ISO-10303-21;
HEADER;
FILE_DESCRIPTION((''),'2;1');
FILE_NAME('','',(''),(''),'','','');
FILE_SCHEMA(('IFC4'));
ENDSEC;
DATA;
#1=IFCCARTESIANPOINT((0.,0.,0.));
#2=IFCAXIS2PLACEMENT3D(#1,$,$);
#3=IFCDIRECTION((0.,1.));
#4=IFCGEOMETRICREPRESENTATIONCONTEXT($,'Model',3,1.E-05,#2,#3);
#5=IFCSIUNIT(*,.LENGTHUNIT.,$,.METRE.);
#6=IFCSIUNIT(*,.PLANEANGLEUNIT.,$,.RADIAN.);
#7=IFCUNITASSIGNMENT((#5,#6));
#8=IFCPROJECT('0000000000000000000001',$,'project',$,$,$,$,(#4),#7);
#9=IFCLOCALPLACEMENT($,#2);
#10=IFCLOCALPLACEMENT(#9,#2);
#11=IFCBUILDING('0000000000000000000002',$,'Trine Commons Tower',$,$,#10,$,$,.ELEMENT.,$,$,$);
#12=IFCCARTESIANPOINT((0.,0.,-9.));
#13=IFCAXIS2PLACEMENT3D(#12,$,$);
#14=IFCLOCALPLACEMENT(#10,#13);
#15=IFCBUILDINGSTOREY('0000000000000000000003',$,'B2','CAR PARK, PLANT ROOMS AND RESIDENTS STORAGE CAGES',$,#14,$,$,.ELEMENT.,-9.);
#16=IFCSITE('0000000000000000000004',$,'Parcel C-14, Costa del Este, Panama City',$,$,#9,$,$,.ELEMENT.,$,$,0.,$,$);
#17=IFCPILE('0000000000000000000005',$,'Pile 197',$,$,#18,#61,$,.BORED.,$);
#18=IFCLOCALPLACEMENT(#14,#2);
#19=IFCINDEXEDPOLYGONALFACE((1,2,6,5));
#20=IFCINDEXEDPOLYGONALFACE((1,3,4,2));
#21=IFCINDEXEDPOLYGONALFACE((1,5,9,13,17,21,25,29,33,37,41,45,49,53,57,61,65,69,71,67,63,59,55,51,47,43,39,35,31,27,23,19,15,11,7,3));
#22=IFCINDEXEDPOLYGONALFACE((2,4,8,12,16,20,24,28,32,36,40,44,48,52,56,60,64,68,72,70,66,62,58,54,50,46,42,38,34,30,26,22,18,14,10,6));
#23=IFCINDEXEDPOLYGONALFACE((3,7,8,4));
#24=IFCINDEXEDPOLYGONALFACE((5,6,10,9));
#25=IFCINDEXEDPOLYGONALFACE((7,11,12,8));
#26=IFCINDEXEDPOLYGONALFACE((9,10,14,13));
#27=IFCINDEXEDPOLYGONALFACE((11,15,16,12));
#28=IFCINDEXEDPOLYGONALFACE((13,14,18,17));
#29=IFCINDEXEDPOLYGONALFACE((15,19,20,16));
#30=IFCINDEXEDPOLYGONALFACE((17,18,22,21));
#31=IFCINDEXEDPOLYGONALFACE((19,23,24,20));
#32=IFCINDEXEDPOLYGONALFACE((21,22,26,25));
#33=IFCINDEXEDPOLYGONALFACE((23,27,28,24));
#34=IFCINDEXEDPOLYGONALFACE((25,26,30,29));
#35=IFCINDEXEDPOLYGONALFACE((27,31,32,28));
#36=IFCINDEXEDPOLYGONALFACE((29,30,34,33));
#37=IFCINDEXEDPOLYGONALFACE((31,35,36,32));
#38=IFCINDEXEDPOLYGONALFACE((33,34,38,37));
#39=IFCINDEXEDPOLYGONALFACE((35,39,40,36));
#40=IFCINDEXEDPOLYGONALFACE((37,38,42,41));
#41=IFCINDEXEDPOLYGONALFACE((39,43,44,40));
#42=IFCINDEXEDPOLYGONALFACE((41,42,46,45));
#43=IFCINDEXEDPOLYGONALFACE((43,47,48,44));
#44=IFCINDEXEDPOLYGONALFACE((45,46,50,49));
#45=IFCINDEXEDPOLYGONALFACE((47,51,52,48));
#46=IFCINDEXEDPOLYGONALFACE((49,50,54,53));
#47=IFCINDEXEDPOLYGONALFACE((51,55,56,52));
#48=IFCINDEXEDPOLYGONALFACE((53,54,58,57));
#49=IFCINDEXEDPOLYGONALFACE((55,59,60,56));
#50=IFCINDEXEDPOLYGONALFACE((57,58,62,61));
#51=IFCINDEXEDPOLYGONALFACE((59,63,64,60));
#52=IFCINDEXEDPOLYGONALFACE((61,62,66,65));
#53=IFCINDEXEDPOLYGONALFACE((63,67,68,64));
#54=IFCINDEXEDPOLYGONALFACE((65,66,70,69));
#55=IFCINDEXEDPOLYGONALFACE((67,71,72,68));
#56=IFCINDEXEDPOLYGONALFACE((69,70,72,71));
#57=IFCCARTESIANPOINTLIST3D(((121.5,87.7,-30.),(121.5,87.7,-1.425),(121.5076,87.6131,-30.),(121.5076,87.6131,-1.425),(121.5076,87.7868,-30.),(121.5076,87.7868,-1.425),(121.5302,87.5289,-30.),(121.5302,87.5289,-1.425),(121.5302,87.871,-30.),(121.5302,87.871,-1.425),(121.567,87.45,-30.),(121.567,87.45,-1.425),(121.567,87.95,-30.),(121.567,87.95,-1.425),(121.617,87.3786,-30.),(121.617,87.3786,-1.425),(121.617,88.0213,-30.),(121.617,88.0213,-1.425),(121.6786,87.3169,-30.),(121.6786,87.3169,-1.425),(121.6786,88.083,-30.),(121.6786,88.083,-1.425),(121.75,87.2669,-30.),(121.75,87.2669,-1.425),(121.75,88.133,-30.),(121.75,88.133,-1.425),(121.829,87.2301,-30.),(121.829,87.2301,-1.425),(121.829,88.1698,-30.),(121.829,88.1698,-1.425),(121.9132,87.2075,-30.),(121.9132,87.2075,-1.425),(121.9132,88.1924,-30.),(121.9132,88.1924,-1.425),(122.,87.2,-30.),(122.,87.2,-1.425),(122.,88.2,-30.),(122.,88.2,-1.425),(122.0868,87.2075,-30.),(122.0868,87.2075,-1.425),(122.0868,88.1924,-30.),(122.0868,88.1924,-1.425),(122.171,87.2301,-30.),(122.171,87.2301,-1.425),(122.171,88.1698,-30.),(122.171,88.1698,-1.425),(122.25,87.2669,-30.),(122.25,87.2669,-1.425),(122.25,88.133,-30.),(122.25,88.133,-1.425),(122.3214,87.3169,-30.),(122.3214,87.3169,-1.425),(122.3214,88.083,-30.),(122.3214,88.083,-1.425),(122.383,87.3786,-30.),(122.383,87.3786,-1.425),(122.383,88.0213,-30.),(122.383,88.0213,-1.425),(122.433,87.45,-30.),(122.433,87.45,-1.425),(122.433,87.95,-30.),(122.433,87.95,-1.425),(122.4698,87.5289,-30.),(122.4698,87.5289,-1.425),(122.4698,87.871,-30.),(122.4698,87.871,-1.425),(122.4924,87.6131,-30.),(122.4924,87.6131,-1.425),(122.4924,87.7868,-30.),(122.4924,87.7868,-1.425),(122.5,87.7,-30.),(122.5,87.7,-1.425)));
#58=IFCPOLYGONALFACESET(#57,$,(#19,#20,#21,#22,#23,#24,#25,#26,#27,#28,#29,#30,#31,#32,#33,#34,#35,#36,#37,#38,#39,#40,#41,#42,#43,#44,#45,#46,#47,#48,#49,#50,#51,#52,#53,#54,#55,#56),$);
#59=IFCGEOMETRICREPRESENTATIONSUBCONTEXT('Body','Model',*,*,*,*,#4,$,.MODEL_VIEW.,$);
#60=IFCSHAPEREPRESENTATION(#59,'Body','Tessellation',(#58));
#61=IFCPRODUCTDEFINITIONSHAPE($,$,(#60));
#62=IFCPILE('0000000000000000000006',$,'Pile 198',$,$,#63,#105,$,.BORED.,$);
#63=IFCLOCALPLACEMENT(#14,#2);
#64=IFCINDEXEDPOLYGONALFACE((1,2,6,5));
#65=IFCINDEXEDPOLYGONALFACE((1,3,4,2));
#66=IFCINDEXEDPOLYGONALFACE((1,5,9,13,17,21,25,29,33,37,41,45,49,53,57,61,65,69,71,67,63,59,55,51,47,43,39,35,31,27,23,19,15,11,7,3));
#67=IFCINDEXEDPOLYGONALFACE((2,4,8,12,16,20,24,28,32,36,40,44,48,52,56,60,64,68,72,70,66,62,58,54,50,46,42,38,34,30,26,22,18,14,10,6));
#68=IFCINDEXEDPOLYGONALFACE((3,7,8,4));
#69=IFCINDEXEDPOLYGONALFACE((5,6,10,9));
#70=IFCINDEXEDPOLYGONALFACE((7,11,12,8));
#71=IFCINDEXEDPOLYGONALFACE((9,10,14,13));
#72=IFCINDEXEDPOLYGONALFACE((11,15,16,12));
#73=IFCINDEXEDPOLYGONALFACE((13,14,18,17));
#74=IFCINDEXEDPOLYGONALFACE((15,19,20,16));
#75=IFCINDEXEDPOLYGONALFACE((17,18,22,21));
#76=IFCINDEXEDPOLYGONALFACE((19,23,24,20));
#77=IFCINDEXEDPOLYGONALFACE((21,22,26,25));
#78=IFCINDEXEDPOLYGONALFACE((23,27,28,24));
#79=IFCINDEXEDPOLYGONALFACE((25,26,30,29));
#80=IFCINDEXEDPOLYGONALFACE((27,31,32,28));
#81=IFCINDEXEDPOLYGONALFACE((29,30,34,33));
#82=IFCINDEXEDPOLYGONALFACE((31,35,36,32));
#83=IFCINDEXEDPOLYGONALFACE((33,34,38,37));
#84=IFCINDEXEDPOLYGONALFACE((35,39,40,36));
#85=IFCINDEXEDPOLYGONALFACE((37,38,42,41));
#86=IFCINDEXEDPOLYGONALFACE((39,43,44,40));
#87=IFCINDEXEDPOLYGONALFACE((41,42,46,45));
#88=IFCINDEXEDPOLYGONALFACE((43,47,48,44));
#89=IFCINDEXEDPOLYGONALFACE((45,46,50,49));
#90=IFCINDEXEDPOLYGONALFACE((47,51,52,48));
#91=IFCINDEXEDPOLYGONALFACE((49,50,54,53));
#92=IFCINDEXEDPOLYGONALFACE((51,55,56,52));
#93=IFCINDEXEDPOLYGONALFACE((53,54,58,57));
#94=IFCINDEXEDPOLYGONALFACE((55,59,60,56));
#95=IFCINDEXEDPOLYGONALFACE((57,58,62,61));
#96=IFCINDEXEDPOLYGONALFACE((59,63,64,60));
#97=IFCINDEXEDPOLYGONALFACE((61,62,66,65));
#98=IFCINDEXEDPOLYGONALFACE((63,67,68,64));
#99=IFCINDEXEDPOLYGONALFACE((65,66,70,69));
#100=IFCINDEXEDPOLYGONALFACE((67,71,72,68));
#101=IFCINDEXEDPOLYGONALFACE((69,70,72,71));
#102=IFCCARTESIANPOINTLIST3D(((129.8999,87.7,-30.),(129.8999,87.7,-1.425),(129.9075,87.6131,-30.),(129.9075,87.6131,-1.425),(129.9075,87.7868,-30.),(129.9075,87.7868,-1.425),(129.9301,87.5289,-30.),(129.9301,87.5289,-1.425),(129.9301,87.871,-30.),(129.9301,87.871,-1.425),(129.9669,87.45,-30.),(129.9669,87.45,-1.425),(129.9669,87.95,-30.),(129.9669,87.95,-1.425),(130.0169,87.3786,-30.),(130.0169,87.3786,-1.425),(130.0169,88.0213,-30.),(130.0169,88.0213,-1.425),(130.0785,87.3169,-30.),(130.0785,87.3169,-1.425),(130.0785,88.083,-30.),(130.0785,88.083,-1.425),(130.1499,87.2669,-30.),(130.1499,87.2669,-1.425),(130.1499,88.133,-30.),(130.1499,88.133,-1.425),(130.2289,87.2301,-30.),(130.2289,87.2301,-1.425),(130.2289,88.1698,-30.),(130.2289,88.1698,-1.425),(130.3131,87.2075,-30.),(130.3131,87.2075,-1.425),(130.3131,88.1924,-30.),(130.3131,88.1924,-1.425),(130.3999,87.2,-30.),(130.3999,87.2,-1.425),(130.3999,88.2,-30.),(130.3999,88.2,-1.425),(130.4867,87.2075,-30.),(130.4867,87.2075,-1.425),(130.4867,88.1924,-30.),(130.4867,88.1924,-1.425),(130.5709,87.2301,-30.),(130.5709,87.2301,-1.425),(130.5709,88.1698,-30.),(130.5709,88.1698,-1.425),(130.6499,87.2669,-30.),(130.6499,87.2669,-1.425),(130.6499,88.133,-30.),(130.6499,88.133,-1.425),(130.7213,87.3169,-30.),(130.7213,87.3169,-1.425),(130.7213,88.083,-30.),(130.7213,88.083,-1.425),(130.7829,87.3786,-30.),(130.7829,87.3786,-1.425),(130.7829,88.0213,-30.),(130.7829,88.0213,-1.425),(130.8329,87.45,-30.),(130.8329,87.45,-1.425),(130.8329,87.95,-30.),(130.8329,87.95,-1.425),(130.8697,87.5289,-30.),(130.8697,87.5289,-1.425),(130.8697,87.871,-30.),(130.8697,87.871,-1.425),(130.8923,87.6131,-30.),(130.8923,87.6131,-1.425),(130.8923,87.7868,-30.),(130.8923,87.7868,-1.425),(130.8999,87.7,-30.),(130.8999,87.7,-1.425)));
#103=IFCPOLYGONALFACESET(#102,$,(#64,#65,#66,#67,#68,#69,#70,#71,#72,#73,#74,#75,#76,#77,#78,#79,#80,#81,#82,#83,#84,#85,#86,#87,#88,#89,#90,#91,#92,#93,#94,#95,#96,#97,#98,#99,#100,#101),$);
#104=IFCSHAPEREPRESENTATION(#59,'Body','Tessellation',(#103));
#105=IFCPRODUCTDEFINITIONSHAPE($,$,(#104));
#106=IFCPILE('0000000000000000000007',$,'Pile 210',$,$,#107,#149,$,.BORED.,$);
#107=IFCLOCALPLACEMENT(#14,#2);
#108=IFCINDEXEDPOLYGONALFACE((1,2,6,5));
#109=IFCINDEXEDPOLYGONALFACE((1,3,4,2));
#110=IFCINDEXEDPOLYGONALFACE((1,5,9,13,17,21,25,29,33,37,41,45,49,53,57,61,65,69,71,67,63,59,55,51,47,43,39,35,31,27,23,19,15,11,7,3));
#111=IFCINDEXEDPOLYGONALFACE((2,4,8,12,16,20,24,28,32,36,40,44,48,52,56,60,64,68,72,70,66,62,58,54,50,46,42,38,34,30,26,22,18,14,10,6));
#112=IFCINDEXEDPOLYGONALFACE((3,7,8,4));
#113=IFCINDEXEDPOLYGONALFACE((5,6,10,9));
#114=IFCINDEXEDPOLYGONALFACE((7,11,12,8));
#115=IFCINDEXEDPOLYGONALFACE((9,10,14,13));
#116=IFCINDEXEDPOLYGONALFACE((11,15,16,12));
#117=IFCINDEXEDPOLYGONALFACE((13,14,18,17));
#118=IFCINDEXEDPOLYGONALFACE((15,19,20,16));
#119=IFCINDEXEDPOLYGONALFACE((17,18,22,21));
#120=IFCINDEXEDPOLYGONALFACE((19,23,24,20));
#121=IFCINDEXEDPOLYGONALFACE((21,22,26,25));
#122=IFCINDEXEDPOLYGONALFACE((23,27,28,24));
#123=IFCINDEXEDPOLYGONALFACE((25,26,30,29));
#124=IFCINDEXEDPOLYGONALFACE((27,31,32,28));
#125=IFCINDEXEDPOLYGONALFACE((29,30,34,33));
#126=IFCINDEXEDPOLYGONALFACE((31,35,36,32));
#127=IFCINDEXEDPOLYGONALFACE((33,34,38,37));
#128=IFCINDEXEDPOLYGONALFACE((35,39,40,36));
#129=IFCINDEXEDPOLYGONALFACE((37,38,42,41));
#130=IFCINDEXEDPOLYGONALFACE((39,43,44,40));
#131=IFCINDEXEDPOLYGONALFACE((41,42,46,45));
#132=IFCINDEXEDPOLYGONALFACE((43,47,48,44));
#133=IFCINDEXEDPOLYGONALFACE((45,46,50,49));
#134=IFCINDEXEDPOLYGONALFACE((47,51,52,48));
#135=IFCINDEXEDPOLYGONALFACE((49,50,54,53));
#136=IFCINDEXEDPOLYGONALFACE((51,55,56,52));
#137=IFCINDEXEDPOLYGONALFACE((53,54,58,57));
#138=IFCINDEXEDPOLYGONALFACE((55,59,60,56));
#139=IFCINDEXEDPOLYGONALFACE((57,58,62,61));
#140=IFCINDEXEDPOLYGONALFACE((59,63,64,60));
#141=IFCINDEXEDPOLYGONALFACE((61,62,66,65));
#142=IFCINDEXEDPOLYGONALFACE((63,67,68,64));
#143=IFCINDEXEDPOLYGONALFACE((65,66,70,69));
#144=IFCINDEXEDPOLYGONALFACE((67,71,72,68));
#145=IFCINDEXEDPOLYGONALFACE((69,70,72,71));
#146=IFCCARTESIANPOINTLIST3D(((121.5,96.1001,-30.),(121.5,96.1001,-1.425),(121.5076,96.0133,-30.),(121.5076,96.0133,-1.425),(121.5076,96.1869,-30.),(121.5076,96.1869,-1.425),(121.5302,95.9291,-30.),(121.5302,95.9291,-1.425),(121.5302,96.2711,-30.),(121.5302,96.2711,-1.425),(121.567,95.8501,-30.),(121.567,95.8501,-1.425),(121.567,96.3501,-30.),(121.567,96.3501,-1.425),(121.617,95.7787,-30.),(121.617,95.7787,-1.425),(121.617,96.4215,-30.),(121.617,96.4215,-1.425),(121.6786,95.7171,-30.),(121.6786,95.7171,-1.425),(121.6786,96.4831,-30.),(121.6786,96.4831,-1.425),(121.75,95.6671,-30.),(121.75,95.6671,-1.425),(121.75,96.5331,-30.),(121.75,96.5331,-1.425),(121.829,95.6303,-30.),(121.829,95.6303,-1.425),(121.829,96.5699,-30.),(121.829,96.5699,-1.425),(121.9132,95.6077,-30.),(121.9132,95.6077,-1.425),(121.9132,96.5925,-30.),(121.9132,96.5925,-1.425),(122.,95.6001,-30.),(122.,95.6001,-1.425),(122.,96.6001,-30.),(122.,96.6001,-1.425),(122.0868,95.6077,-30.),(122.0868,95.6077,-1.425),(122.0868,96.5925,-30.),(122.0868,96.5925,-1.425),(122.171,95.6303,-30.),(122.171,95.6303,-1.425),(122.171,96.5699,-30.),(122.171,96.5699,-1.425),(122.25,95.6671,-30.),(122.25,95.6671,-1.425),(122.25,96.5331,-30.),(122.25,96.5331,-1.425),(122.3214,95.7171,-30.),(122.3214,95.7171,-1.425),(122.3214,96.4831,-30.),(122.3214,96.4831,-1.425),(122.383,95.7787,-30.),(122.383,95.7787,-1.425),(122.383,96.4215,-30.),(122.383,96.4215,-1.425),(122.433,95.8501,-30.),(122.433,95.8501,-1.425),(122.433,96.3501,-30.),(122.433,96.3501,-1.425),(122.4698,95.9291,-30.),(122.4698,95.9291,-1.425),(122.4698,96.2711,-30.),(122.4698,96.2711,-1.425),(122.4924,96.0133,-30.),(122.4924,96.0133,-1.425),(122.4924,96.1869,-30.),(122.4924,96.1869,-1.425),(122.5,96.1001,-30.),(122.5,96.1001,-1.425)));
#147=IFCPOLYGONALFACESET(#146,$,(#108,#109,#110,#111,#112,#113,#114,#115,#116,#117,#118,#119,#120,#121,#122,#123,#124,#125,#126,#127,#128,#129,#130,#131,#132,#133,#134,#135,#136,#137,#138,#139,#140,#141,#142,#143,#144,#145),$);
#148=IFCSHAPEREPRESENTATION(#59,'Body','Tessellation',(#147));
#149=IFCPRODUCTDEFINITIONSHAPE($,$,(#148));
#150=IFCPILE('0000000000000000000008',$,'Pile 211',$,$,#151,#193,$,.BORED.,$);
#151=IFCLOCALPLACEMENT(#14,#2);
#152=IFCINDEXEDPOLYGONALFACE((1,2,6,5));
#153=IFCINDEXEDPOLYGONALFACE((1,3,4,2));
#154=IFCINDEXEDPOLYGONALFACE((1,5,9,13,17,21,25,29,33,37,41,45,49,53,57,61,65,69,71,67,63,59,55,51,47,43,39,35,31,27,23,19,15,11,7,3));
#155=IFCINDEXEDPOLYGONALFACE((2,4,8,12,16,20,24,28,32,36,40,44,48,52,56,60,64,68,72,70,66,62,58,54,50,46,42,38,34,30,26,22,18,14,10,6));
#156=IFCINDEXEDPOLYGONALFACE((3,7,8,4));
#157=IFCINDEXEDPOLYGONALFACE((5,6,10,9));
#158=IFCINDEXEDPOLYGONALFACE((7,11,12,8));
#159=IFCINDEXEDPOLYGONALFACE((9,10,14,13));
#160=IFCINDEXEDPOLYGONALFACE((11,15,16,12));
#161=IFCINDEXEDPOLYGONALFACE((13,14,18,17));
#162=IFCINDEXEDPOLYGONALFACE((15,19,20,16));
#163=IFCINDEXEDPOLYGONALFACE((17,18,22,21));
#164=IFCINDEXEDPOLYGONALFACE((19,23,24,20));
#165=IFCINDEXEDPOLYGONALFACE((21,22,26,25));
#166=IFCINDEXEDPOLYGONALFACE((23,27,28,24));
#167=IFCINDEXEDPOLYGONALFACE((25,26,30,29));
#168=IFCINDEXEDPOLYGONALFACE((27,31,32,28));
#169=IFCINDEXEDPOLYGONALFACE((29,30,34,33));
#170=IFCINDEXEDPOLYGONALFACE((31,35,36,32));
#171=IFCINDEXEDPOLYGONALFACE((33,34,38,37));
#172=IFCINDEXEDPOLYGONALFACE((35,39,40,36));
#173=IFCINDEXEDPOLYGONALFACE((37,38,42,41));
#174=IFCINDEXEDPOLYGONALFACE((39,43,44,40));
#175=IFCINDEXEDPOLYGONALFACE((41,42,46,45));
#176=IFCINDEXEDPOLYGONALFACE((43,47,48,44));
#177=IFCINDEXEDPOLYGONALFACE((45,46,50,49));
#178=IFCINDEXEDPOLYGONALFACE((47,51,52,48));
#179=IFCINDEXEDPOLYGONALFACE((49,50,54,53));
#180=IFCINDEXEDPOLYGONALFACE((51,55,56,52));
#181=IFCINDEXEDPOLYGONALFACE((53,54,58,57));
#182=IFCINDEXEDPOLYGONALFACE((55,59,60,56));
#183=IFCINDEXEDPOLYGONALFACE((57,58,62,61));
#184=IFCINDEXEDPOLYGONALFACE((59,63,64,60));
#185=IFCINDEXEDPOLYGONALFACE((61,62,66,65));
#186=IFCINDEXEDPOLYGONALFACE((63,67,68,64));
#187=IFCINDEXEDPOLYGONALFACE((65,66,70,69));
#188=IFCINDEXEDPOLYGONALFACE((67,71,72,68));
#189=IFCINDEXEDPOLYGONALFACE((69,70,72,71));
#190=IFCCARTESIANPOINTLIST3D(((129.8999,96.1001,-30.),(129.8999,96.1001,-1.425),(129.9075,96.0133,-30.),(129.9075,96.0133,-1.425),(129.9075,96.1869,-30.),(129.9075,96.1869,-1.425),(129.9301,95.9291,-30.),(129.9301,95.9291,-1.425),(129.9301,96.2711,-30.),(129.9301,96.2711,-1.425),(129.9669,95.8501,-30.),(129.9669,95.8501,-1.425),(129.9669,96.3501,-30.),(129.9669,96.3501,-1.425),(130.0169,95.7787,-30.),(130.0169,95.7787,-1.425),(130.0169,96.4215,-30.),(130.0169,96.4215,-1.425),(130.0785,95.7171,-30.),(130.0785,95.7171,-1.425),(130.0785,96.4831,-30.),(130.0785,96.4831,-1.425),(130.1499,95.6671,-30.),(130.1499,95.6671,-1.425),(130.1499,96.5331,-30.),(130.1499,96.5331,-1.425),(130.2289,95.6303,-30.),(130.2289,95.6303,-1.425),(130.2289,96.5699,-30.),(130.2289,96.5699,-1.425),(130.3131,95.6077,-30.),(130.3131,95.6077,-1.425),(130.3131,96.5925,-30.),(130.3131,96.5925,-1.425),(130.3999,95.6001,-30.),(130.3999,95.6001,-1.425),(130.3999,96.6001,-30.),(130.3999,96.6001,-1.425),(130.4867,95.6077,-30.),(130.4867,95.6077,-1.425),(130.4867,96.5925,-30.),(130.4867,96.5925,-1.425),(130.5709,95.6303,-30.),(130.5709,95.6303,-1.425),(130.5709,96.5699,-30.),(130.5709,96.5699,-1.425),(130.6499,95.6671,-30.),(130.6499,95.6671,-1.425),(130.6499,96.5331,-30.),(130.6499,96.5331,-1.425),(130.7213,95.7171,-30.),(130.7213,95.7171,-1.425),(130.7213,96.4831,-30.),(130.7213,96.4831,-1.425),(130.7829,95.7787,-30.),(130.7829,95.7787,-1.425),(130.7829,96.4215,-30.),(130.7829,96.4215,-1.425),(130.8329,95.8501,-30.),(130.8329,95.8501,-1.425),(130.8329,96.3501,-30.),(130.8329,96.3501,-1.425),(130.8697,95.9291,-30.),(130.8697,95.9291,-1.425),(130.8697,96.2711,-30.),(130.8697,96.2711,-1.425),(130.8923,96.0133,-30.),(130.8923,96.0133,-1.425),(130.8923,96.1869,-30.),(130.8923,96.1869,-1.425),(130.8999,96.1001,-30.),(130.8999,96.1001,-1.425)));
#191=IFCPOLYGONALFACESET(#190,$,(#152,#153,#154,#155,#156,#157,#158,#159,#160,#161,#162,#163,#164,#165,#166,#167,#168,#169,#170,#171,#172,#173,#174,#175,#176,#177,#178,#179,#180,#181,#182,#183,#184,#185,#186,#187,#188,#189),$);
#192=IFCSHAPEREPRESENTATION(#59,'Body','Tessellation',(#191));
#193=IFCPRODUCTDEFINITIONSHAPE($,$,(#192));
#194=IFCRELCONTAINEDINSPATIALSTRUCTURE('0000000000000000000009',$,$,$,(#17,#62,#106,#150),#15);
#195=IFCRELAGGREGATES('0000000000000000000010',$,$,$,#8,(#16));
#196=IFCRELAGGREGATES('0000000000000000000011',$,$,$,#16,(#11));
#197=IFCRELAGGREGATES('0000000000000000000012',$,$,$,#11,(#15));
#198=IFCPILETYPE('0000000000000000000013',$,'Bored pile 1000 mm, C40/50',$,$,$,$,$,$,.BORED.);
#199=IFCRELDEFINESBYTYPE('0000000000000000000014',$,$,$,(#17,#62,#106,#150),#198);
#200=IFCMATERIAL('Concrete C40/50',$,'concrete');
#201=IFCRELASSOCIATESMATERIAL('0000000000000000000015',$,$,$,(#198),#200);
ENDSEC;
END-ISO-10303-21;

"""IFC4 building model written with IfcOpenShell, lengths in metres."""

from ifc_helpers import new_model, si_unit, direction, frame, origin, origin_2d, place, context, subcontext, project, spatial, circle, extrude, material, type_object, element, save


model = new_model("IFC4")

# Units and contexts
model_context = context("Model", 3, precision=1e-05, world=origin(), true_north=direction((0.0, 1.0)))
body_context = subcontext(model_context, "Body", "Model", "MODEL_VIEW")
ifc_project = project(units=[si_unit("LENGTHUNIT", "METRE"), si_unit("PLANEANGLEUNIT", "RADIAN")], contexts=[model_context])

# Site, building, storey
site_placement = place(None, origin())
site = spatial("IfcSite", under=ifc_project, at=site_placement, Name="Parcel C-14, Costa del Este, Panama City", CompositionType="ELEMENT", RefElevation=0.0)
building_placement = place(site_placement, origin())
building = spatial("IfcBuilding", under=site, at=building_placement, Name="Trine Commons Tower", CompositionType="ELEMENT")
storey_placement = place(building_placement, frame((0.0, 0.0, -9.0)))
storey = spatial("IfcBuildingStorey", under=building, at=storey_placement, Name="B2", Description="CAR PARK, PLANT ROOMS AND RESIDENTS STORAGE CAGES", CompositionType="ELEMENT", Elevation=-9.0)

# Piles
ifc_material_1 = material(Name="Concrete C40/50", Category="concrete")
pile_type_1 = type_object("IfcPileType", Name="Bored pile 1000 mm, C40/50", PredefinedType="BORED", material=ifc_material_1)
for number, where, z_axis, x_axis, name in (
    (1, (122.0, 87.7, -1.425), (0.0, 0.0, -1.0), (1.0, 0.0, 0.0), "Pile 197"),
    (2, (130.3999, 87.7, -1.425), (0.0, 0.0, -1.0), (1.0, 0.0, 0.0), "Pile 198"),
    (3, (122.0, 96.1001, -1.425), (0.0, 0.0, -1.0), (1.0, 0.0, 0.0), "Pile 210"),
    (4, (130.3999, 96.1001, -1.425), (0.0, 0.0, -1.0), (1.0, 0.0, 0.0), "Pile 211"),
):
    element("IfcPile", number, at=place(storey_placement, frame(where, z_axis=z_axis, x_axis=x_axis)), inside=storey, type_object=pile_type_1, Name=name, PredefinedType="BORED", context=body_context, shape_type="SweptSolid", body=[
        extrude(circle(Radius=0.5, at=origin_2d()), origin(), (0.0, 0.0, 1.0), 28.575),
    ])

save(model, "model.ifc")
